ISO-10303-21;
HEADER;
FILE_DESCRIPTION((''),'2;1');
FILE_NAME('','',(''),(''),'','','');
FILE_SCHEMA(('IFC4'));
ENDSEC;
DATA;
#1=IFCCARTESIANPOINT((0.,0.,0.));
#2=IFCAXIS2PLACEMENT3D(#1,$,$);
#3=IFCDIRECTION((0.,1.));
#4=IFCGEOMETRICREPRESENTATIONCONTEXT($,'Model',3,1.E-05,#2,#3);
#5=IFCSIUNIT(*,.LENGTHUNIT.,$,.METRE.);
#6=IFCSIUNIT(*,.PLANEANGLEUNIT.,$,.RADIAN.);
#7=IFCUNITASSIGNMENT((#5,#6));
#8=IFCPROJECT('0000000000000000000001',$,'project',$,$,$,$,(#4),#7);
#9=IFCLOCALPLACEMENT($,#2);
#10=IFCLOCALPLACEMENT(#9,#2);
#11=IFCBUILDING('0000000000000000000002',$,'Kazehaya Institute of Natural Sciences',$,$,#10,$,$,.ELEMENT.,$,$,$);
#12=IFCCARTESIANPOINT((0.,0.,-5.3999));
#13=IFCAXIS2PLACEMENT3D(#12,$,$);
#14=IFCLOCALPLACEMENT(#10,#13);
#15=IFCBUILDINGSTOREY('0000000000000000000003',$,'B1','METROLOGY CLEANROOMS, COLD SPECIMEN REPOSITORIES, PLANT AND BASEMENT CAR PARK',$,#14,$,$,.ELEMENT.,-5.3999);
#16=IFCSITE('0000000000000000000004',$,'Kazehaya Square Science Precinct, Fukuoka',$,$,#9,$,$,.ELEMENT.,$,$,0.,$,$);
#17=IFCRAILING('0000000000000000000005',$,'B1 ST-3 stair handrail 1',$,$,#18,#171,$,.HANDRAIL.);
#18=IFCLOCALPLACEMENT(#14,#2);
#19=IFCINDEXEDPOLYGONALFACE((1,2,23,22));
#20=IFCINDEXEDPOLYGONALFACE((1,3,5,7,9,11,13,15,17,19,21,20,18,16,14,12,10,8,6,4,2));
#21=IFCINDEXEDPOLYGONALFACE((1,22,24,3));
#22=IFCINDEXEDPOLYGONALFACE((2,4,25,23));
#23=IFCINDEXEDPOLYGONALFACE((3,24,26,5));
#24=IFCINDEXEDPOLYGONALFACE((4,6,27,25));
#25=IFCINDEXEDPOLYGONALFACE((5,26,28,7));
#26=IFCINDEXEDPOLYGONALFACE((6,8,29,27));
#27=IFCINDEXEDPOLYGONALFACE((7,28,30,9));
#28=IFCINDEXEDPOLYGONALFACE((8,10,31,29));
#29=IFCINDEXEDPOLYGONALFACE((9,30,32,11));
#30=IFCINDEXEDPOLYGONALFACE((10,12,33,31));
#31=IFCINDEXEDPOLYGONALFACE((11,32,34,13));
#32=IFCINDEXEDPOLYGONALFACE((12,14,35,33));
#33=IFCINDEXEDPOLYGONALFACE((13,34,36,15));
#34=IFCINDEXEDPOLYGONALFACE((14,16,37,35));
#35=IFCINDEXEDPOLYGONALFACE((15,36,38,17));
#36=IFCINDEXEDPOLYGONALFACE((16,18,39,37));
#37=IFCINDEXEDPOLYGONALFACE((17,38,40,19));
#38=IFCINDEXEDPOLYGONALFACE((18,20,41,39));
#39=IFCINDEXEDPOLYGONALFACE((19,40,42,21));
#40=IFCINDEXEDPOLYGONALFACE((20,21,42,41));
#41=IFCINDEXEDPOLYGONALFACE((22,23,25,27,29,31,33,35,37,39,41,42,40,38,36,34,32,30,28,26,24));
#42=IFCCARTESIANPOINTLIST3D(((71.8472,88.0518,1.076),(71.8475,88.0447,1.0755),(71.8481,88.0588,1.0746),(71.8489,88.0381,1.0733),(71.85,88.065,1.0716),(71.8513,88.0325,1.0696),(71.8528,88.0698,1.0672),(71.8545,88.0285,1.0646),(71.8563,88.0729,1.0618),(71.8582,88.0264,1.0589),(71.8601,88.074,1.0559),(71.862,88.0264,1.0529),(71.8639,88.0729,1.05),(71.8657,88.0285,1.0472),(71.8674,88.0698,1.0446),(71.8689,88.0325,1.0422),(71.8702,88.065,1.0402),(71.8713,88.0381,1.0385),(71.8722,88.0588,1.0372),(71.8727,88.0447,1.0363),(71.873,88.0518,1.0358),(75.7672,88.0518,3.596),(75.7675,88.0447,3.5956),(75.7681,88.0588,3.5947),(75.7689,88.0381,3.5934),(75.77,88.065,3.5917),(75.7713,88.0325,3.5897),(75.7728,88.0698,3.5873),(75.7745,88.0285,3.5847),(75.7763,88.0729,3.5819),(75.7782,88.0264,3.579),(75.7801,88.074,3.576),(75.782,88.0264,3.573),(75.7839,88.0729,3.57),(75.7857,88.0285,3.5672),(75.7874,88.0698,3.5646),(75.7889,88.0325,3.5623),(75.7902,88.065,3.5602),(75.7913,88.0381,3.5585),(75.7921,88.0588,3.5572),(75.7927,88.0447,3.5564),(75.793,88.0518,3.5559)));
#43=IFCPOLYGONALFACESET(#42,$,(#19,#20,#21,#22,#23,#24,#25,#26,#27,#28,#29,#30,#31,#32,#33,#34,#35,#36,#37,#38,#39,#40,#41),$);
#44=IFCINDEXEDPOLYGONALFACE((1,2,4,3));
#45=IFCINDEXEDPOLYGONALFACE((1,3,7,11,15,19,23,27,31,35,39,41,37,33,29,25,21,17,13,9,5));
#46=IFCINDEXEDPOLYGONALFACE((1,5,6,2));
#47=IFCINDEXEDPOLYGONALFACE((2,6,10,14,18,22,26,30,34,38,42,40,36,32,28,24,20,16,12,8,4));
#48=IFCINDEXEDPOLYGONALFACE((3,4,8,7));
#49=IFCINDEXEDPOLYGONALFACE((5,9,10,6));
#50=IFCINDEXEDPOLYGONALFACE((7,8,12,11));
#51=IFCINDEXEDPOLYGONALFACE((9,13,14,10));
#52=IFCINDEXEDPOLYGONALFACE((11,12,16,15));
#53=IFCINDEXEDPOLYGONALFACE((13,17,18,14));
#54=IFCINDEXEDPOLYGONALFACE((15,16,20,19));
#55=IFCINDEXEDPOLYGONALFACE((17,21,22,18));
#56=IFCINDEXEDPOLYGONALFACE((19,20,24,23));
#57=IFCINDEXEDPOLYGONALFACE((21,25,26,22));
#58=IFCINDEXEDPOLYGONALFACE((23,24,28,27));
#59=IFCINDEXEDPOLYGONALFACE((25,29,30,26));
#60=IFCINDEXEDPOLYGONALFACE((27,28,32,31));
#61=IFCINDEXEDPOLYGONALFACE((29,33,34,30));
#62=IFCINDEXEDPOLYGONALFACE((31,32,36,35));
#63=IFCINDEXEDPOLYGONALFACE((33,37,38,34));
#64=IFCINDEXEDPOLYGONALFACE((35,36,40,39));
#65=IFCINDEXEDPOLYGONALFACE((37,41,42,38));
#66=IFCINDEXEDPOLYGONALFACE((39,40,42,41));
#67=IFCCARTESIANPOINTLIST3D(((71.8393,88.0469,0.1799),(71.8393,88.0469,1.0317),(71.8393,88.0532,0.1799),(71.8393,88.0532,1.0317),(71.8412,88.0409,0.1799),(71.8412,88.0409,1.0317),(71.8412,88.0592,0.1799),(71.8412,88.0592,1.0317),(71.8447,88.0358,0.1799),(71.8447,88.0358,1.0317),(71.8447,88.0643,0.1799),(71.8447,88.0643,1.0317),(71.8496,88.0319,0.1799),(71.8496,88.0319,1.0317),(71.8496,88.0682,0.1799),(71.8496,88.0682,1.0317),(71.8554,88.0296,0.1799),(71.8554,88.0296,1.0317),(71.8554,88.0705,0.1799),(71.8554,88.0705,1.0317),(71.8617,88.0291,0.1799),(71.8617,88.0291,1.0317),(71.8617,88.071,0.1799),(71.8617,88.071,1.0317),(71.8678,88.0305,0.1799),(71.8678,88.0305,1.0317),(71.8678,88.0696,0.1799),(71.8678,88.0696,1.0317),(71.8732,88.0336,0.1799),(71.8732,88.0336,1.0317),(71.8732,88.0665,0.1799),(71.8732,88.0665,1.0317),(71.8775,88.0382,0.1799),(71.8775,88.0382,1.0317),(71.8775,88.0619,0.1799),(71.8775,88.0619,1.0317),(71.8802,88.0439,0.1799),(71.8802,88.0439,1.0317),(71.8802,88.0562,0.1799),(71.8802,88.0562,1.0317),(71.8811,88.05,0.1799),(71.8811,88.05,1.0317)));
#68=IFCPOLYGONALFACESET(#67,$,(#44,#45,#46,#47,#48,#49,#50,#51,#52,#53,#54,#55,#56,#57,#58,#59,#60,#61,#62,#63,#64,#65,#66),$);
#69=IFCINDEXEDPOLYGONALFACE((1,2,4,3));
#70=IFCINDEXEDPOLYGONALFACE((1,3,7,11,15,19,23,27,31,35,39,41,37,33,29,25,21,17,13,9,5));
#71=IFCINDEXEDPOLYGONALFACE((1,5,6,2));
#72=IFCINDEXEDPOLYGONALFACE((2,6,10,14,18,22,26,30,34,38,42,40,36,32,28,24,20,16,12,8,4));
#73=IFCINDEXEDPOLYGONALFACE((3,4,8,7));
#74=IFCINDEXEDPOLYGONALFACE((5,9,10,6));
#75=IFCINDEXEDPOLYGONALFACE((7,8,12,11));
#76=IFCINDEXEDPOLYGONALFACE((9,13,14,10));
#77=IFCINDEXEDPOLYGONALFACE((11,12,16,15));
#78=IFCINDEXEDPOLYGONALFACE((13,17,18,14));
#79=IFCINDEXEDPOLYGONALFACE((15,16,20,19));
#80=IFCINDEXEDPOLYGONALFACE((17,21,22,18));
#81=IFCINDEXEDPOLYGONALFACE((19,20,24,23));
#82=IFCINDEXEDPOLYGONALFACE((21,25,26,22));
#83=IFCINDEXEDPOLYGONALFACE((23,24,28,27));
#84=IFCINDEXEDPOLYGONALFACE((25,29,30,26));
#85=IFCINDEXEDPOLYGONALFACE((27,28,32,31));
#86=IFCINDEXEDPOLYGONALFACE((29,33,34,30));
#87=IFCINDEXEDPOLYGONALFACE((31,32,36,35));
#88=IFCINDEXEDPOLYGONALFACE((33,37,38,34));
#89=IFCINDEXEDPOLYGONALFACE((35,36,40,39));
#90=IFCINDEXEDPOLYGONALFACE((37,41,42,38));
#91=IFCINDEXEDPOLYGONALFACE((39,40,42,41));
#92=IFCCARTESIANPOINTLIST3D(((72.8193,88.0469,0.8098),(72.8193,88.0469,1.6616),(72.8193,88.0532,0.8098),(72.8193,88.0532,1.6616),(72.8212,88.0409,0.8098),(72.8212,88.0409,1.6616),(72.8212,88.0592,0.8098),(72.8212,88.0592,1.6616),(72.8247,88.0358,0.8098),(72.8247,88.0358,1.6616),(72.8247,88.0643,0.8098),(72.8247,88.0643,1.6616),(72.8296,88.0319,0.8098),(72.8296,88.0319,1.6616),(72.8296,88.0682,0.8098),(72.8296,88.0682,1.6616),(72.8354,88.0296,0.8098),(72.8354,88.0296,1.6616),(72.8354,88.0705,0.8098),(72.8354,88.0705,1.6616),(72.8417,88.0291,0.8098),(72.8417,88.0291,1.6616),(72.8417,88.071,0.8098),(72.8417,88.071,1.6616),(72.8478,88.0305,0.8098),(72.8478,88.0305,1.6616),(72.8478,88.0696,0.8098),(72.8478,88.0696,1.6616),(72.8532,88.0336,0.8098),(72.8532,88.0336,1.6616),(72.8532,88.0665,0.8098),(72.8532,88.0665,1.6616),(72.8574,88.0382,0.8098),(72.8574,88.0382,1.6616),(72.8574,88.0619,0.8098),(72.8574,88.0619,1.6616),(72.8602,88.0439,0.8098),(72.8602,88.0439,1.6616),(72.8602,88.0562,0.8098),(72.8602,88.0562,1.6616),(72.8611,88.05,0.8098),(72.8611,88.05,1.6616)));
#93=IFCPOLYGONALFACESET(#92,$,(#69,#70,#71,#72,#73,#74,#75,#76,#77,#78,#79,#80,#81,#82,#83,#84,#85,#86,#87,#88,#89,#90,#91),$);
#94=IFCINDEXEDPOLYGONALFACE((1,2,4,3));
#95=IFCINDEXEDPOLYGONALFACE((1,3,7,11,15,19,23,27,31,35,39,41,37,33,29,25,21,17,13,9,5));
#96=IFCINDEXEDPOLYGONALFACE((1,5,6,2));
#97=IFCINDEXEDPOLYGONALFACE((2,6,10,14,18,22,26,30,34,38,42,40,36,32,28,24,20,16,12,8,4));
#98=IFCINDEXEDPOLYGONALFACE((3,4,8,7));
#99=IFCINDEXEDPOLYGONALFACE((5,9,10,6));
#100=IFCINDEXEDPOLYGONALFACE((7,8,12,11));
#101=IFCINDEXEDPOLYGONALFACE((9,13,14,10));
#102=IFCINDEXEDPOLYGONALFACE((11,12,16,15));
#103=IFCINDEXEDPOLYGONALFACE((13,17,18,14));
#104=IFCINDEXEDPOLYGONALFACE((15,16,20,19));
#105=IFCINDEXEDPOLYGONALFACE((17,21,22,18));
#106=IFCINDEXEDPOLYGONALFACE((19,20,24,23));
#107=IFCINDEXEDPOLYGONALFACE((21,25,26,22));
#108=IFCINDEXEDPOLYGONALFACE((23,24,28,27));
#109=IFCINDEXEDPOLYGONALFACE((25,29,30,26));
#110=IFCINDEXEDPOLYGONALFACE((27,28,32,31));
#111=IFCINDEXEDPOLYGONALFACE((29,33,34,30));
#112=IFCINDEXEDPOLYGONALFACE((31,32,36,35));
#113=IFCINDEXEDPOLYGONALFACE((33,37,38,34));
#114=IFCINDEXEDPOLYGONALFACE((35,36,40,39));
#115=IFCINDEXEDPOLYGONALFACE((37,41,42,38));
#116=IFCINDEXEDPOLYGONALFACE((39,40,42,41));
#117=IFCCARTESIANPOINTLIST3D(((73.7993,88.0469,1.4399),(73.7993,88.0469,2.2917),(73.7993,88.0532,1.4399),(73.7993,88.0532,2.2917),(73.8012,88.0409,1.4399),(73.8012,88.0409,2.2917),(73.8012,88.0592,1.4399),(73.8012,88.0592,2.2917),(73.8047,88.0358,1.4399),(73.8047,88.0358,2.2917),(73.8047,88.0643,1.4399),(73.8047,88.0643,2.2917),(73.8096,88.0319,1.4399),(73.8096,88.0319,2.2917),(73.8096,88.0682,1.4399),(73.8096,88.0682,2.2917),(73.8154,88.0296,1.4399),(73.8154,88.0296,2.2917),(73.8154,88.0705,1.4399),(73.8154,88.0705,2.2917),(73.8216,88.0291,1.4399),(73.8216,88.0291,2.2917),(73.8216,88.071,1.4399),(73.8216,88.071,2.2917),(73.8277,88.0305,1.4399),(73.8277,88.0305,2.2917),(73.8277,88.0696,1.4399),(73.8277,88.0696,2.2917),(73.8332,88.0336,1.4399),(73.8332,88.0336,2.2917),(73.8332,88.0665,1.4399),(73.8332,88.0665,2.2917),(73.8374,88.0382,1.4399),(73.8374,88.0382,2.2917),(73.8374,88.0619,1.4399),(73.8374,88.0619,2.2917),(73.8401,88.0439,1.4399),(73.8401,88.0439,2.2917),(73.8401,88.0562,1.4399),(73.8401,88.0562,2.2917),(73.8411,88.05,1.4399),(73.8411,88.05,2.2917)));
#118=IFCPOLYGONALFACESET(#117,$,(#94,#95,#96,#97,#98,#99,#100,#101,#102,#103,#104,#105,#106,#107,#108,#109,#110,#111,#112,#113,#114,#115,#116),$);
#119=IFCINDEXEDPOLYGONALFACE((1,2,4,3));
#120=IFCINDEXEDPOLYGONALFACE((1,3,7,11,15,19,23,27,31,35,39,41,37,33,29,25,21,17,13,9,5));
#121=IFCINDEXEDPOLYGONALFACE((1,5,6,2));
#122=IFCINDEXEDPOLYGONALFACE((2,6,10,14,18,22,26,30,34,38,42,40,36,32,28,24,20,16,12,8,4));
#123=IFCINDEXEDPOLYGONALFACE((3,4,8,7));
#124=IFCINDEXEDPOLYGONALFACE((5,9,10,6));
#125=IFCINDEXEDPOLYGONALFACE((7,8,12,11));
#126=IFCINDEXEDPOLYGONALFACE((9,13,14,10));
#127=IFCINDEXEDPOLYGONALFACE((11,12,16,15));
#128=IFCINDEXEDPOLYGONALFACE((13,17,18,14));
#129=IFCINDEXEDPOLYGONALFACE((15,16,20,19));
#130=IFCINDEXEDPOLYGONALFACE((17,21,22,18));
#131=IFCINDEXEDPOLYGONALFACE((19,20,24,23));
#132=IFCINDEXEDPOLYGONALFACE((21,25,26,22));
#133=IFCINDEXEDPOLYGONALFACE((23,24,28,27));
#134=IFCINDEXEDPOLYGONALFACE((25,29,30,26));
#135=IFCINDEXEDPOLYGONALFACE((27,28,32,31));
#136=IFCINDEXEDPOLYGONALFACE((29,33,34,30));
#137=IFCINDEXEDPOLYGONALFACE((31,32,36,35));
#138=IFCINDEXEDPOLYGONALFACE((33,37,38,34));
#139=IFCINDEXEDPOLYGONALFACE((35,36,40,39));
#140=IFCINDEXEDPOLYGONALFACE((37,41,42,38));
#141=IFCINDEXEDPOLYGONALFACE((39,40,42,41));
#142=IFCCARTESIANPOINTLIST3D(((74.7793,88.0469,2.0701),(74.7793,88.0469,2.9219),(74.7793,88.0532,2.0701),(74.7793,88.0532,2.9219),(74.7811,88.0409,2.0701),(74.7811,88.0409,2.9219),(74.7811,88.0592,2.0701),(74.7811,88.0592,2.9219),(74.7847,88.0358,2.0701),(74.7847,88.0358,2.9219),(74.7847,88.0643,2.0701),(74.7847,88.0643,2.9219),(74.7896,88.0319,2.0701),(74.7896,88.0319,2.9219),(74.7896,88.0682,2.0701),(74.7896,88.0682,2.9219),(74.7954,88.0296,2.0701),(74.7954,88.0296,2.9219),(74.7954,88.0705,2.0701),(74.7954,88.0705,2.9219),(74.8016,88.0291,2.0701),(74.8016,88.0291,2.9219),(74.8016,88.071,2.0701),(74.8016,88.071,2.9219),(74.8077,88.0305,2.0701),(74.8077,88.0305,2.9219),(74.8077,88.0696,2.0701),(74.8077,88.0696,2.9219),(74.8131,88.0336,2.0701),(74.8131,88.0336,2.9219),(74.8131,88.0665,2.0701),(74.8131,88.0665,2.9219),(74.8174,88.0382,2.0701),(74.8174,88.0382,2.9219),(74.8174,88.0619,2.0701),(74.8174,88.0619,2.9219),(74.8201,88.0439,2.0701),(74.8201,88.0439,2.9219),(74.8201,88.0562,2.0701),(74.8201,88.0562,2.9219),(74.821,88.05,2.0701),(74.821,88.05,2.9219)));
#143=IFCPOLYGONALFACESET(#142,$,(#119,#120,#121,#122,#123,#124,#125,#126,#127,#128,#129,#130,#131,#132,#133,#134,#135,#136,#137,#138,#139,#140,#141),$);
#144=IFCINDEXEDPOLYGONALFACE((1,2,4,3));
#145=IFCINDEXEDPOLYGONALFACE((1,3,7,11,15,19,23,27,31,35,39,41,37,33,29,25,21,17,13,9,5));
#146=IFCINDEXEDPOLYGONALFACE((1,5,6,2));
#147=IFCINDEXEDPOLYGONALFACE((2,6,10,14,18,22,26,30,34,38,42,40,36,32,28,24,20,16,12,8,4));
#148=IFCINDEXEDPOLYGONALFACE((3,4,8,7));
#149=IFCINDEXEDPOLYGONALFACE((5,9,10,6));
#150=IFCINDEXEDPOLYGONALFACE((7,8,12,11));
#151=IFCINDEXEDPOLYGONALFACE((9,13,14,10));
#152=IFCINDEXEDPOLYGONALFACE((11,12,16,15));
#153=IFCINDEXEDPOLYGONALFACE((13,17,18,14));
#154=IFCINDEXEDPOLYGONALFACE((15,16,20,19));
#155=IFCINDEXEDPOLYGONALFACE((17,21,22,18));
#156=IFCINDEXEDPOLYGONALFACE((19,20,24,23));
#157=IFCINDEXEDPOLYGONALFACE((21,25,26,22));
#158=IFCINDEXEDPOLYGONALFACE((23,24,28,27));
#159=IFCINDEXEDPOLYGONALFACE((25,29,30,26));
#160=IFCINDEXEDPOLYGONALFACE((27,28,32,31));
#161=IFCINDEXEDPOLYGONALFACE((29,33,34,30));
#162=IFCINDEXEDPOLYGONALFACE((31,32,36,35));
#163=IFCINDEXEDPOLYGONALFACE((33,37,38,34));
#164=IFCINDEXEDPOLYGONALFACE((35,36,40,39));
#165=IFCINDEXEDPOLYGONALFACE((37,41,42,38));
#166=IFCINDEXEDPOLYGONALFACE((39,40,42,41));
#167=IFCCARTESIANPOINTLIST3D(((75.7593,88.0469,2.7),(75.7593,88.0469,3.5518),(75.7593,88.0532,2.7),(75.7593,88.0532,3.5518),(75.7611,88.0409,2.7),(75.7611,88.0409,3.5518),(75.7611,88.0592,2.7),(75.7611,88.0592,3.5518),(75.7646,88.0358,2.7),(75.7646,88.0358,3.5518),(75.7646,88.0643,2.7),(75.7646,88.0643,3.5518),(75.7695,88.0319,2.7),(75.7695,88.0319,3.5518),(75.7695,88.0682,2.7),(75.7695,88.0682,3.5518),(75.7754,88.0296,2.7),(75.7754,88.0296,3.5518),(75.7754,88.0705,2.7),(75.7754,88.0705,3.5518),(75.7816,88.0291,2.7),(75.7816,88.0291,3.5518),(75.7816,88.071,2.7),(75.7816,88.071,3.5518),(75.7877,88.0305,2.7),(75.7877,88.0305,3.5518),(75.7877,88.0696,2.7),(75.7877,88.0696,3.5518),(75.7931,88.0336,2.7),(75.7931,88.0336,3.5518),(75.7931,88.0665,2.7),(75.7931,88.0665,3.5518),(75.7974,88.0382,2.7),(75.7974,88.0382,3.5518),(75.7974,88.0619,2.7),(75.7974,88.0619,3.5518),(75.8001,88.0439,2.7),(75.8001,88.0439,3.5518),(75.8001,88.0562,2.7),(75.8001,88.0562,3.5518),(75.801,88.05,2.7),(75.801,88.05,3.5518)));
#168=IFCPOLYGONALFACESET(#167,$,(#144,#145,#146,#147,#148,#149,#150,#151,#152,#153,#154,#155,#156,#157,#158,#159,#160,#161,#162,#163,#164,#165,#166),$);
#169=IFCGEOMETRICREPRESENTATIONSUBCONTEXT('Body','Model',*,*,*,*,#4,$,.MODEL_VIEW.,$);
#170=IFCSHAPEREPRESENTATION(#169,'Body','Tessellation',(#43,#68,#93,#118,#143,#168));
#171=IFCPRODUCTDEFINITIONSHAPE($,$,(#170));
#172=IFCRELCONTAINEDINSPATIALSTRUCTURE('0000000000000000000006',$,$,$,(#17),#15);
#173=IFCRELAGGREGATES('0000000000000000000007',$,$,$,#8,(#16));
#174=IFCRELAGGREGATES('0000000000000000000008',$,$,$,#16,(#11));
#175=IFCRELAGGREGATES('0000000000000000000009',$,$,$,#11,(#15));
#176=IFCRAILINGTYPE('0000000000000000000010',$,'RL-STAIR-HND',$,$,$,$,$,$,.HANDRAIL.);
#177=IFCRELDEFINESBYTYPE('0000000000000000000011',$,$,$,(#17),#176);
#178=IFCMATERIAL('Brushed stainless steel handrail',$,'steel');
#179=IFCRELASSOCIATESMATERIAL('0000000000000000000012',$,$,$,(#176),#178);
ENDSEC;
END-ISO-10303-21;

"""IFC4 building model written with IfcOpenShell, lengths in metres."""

from ifc_helpers import new_model, si_unit, direction, frame, origin, origin_2d, place, context, subcontext, project, spatial, circle, extrude, material, type_object, element, save


model = new_model("IFC4")

# Units and contexts
model_context = context("Model", 3, precision=1e-05, world=origin(), true_north=direction((0.0, 1.0)))
body_context = subcontext(model_context, "Body", "Model", "MODEL_VIEW")
ifc_project = project(units=[si_unit("LENGTHUNIT", "METRE"), si_unit("PLANEANGLEUNIT", "RADIAN")], contexts=[model_context])

# Site, building, storey
site_placement = place(None, origin())
site = spatial("IfcSite", under=ifc_project, at=site_placement, Name="Kazehaya Square Science Precinct, Fukuoka", CompositionType="ELEMENT", RefElevation=0.0)
building_placement = place(site_placement, origin())
building = spatial("IfcBuilding", under=site, at=building_placement, Name="Kazehaya Institute of Natural Sciences", CompositionType="ELEMENT")
storey_placement = place(building_placement, frame((0.0, 0.0, -5.3999)))
storey = spatial("IfcBuildingStorey", under=building, at=storey_placement, Name="B1", Description="METROLOGY CLEANROOMS, COLD SPECIMEN REPOSITORIES, PLANT AND BASEMENT CAR PARK", CompositionType="ELEMENT", Elevation=-5.3999)

# Railing
ifc_material_1 = material(Name="Brushed stainless steel handrail", Category="steel")
railing_type_1 = type_object("IfcRailingType", Name="RL-STAIR-HND", PredefinedType="HANDRAIL", material=ifc_material_1)
railing_1_placement = place(storey_placement, frame((71.8601, 88.05, 0.1799)))
element("IfcRailing", 1, at=railing_1_placement, inside=storey, type_object=railing_type_1, Name="B1 ST-3 stair handrail 1", PredefinedType="HANDRAIL", context=body_context, shape_type="SweptSolid", body=[
    extrude(circle(Radius=0.0239, at=origin_2d()), frame((0.0, 0.0, 0.876), z_axis=(0.841172, 0.0, 0.540768), x_axis=(0.0, 1.0, 0.0)), (0.0, 0.0, 1.0), 4.6602),
    extrude(circle(Radius=0.021, at=origin_2d()), origin(), (0.0, 0.0, 1.0), 0.8518),
    extrude(circle(Radius=0.021, at=origin_2d()), frame((0.98, 0.0, 0.6299)), (0.0, 0.0, 1.0), 0.8518),
    extrude(circle(Radius=0.021, at=origin_2d()), frame((1.96, 0.0, 1.26)), (0.0, 0.0, 1.0), 0.8518),
    extrude(circle(Radius=0.021, at=origin_2d()), frame((2.9399, 0.0, 1.8901)), (0.0, 0.0, 1.0), 0.8518),
    extrude(circle(Radius=0.021, at=origin_2d()), frame((3.9199, 0.0, 2.52)), (0.0, 0.0, 1.0), 0.8518),
])

save(model, "model.ifc")
